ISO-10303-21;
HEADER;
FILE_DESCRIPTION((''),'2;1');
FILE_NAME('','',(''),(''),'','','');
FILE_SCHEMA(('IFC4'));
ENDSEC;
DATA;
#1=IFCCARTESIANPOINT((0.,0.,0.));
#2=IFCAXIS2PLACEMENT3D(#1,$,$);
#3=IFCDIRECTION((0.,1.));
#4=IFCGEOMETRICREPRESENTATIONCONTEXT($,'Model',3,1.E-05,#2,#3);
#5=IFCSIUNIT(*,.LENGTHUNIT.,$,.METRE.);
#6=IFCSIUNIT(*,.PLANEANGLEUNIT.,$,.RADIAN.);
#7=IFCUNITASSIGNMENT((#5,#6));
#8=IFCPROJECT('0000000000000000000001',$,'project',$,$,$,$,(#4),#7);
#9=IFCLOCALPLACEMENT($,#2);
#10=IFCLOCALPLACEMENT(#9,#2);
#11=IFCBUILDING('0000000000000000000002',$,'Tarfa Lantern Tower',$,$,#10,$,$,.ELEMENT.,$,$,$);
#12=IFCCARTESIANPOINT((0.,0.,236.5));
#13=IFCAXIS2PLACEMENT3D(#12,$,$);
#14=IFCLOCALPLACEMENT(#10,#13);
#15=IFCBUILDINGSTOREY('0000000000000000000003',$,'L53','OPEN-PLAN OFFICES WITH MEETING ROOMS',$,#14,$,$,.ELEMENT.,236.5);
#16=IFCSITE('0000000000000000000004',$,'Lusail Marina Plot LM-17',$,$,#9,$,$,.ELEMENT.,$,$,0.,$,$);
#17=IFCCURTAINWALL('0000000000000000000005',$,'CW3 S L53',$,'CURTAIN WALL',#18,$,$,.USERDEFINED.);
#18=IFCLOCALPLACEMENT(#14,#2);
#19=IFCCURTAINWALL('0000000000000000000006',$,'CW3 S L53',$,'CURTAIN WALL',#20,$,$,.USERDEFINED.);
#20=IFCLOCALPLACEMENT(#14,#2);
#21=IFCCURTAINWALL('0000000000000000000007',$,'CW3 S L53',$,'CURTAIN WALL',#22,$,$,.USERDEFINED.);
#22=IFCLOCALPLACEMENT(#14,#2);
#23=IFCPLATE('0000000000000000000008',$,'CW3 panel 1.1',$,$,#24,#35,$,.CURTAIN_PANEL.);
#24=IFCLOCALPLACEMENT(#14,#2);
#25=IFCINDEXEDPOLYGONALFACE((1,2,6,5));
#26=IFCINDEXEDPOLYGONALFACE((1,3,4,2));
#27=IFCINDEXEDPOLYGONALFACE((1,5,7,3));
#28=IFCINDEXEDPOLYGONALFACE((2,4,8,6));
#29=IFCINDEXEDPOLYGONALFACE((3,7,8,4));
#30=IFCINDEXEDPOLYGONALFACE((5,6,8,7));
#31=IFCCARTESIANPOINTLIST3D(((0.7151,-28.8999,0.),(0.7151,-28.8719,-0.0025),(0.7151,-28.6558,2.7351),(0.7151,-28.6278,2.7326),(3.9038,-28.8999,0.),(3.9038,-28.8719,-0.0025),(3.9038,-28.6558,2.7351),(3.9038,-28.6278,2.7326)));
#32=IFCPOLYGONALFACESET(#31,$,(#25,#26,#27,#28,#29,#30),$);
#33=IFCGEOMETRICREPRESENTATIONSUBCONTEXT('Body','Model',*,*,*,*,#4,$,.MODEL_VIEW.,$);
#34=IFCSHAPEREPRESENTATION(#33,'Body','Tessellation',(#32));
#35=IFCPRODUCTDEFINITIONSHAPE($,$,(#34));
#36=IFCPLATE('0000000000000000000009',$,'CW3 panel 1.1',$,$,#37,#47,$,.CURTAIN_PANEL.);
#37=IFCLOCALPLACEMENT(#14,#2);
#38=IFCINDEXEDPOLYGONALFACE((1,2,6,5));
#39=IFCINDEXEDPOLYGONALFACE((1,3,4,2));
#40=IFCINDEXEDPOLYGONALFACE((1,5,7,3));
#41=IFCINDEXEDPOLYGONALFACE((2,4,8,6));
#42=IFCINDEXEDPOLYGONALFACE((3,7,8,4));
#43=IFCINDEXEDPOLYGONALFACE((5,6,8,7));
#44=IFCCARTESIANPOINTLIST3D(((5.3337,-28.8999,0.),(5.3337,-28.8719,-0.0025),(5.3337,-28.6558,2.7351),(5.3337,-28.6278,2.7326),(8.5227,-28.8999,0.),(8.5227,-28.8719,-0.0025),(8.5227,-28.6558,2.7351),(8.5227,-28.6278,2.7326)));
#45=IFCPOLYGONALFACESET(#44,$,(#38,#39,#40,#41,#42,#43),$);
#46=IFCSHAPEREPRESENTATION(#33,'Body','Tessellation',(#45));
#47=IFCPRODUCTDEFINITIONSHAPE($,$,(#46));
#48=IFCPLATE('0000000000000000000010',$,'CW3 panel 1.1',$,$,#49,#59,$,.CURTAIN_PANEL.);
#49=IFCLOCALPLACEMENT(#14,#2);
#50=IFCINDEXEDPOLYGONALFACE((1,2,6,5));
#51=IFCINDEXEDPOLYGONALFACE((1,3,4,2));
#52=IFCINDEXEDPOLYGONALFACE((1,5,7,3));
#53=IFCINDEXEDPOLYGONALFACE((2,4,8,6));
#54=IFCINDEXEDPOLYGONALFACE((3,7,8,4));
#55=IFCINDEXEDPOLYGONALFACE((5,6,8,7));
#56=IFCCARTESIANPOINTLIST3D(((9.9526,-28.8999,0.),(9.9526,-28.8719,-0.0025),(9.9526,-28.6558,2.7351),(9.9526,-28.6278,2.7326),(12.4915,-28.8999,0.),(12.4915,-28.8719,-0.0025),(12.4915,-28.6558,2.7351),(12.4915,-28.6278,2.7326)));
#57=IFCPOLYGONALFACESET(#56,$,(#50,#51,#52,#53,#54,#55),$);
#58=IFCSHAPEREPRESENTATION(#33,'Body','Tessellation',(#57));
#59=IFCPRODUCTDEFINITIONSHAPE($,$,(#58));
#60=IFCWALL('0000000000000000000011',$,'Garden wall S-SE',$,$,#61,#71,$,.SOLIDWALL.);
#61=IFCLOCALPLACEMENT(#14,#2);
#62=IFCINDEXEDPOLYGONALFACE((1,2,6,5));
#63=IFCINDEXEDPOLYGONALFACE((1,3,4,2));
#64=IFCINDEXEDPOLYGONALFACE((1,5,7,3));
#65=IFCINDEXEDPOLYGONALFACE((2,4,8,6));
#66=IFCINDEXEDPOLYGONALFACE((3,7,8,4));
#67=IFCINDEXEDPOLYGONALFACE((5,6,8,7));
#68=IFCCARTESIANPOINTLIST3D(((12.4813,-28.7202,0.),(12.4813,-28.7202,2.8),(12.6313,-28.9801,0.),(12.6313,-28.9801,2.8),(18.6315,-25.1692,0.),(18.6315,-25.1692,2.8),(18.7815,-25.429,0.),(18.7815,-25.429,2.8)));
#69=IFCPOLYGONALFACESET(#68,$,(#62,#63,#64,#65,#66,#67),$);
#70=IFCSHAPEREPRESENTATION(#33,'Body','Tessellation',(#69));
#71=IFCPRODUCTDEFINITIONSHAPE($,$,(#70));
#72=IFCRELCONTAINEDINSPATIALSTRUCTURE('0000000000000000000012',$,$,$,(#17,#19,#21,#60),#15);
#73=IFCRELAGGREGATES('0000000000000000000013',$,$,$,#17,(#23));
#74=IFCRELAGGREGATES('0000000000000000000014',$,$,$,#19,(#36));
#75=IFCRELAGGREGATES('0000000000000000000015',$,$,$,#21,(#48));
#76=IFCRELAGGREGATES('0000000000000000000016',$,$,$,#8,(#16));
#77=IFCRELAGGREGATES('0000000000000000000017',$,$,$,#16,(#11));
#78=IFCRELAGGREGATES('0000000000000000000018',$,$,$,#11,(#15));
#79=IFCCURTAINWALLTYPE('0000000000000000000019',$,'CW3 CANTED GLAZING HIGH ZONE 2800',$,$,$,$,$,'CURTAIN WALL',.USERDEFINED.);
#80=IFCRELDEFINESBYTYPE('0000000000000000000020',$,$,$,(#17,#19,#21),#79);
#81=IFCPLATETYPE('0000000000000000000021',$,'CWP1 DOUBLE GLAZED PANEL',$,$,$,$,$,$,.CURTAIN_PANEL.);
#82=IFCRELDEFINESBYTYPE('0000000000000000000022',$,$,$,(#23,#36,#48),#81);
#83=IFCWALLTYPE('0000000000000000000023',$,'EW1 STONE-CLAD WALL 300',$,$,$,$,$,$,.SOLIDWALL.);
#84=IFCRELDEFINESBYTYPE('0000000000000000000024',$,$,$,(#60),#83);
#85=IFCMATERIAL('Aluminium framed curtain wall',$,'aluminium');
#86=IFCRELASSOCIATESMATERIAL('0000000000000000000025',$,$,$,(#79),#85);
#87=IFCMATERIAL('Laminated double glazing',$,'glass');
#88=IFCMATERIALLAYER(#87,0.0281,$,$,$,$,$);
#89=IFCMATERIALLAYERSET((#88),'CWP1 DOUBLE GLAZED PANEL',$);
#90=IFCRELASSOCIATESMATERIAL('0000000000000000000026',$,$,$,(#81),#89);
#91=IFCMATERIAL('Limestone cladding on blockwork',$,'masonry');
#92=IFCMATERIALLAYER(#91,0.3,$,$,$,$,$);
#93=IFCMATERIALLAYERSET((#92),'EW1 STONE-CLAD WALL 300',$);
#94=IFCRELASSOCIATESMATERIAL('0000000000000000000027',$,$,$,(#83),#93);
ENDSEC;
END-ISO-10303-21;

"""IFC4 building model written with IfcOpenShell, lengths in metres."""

from ifc_helpers import new_model, si_unit, direction, frame, frame_2d, origin, place, context, subcontext, project, spatial, polyline, rectangle, outline, extrude, material, layer, layer_set, type_object, element, aggregate, save


model = new_model("IFC4")

# Units and contexts
model_context = context("Model", 3, precision=1e-05, world=origin(), true_north=direction((0.0, 1.0)))
body_context = subcontext(model_context, "Body", "Model", "MODEL_VIEW")
ifc_project = project(units=[si_unit("LENGTHUNIT", "METRE"), si_unit("PLANEANGLEUNIT", "RADIAN")], contexts=[model_context])

# Site, building, storey
site_placement = place(None, origin())
site = spatial("IfcSite", under=ifc_project, at=site_placement, Name="Lusail Marina Plot LM-17", CompositionType="ELEMENT", RefElevation=0.0)
building_placement = place(site_placement, origin())
building = spatial("IfcBuilding", under=site, at=building_placement, Name="Tarfa Lantern Tower", CompositionType="ELEMENT")
storey_placement = place(building_placement, frame((0.0, 0.0, 236.5)))
storey = spatial("IfcBuildingStorey", under=building, at=storey_placement, Name="L53", Description="OPEN-PLAN OFFICES WITH MEETING ROOMS", CompositionType="ELEMENT", Elevation=236.5)

# Curtain walls
ifc_material_1 = material(Name="Aluminium framed curtain wall", Category="aluminium")
curtain_wall_type = type_object("IfcCurtainWallType", Name="CW3 CANTED GLAZING HIGH ZONE 2800", ElementType="CURTAIN WALL", PredefinedType="USERDEFINED", material=ifc_material_1)
curtain_wall_1_placement = place(storey_placement, origin())
curtain_wall_1 = element("IfcCurtainWall", 1, at=curtain_wall_1_placement, inside=storey, type_object=curtain_wall_type, Name="CW3 S L53", ObjectType="CURTAIN WALL", PredefinedType="USERDEFINED")
curtain_wall_2_placement = place(storey_placement, origin())
curtain_wall_2 = element("IfcCurtainWall", 2, at=curtain_wall_2_placement, inside=storey, type_object=curtain_wall_type, Name="CW3 S L53", ObjectType="CURTAIN WALL", PredefinedType="USERDEFINED")
curtain_wall_3_placement = place(storey_placement, origin())
curtain_wall_3 = element("IfcCurtainWall", 3, at=curtain_wall_3_placement, inside=storey, type_object=curtain_wall_type, Name="CW3 S L53", ObjectType="CURTAIN WALL", PredefinedType="USERDEFINED")

# Plates
ifc_material_2 = material(Name="Laminated double glazing", Category="glass")
ifc_layer_1 = layer(ifc_material_2, 0.0281)
ifc_layer_set_1 = layer_set([ifc_layer_1], Name="CWP1 DOUBLE GLAZED PANEL")
plate_type = type_object("IfcPlateType", Name="CWP1 DOUBLE GLAZED PANEL", PredefinedType="CURTAIN_PANEL", material=ifc_layer_set_1)
plate_1_placement = place(storey_placement, frame((0.7151, -28.8999, 0.0), z_axis=(0.0, -0.99604, 0.088908), x_axis=(1.0, 0.0, 0.0)))
plate_1 = element("IfcPlate", 4, at=plate_1_placement, type_object=plate_type, Name="CW3 panel 1.1", PredefinedType="CURTAIN_PANEL", context=body_context, shape_type="SweptSolid", body=[
    extrude(outline(polyline([(0.0, 0.0), (3.1887, 0.0), (3.1887, 2.746), (0.0, 2.746), (0.0, 0.0)])), origin(), (0.0, 0.0, -1.0), 0.0281),
])
aggregate(curtain_wall_1, [plate_1])
plate_2_placement = place(storey_placement, frame((5.3337, -28.8999, 0.0), z_axis=(0.0, -0.99604, 0.088908), x_axis=(1.0, 0.0, 0.0)))
plate_2 = element("IfcPlate", 5, at=plate_2_placement, type_object=plate_type, Name="CW3 panel 1.1", PredefinedType="CURTAIN_PANEL", context=body_context, shape_type="SweptSolid", body=[
    extrude(outline(polyline([(0.0, 0.0), (3.189, 0.0), (3.189, 2.746), (0.0, 2.746), (0.0, 0.0)])), origin(), (0.0, 0.0, -1.0), 0.0281),
])
aggregate(curtain_wall_2, [plate_2])
plate_3_placement = place(storey_placement, frame((9.9526, -28.8999, 0.0), z_axis=(0.0, -0.99604, 0.088908), x_axis=(1.0, 0.0, 0.0)))
plate_3 = element("IfcPlate", 6, at=plate_3_placement, type_object=plate_type, Name="CW3 panel 1.1", PredefinedType="CURTAIN_PANEL", context=body_context, shape_type="SweptSolid", body=[
    extrude(outline(polyline([(0.0, 0.0), (2.5388, 0.0), (2.5388, 2.746), (0.0, 2.746), (0.0, 0.0)])), origin(), (0.0, 0.0, -1.0), 0.0281),
])
aggregate(curtain_wall_3, [plate_3])

# Wall
ifc_material_3 = material(Name="Limestone cladding on blockwork", Category="masonry")
ifc_layer_2 = layer(ifc_material_3, 0.3)
ifc_layer_set_2 = layer_set([ifc_layer_2], Name="EW1 STONE-CLAD WALL 300")
wall_type_1 = type_object("IfcWallType", Name="EW1 STONE-CLAD WALL 300", PredefinedType="SOLIDWALL", material=ifc_layer_set_2)
wall_1_placement = place(storey_placement, frame((12.5564, -28.8501, 0.0), z_axis=(0.0, 0.0, 1.0), x_axis=(0.866011, 0.500025, 0.0)))
element("IfcWall", 7, at=wall_1_placement, inside=storey, type_object=wall_type_1, Name="Garden wall S-SE", PredefinedType="SOLIDWALL", context=body_context, shape_type="SweptSolid", body=[
    extrude(rectangle(XDim=7.1018, YDim=0.3, at=frame_2d((3.5508, 0.0))), origin(), (0.0, 0.0, 1.0), 2.8),
])

save(model, "model.ifc")
